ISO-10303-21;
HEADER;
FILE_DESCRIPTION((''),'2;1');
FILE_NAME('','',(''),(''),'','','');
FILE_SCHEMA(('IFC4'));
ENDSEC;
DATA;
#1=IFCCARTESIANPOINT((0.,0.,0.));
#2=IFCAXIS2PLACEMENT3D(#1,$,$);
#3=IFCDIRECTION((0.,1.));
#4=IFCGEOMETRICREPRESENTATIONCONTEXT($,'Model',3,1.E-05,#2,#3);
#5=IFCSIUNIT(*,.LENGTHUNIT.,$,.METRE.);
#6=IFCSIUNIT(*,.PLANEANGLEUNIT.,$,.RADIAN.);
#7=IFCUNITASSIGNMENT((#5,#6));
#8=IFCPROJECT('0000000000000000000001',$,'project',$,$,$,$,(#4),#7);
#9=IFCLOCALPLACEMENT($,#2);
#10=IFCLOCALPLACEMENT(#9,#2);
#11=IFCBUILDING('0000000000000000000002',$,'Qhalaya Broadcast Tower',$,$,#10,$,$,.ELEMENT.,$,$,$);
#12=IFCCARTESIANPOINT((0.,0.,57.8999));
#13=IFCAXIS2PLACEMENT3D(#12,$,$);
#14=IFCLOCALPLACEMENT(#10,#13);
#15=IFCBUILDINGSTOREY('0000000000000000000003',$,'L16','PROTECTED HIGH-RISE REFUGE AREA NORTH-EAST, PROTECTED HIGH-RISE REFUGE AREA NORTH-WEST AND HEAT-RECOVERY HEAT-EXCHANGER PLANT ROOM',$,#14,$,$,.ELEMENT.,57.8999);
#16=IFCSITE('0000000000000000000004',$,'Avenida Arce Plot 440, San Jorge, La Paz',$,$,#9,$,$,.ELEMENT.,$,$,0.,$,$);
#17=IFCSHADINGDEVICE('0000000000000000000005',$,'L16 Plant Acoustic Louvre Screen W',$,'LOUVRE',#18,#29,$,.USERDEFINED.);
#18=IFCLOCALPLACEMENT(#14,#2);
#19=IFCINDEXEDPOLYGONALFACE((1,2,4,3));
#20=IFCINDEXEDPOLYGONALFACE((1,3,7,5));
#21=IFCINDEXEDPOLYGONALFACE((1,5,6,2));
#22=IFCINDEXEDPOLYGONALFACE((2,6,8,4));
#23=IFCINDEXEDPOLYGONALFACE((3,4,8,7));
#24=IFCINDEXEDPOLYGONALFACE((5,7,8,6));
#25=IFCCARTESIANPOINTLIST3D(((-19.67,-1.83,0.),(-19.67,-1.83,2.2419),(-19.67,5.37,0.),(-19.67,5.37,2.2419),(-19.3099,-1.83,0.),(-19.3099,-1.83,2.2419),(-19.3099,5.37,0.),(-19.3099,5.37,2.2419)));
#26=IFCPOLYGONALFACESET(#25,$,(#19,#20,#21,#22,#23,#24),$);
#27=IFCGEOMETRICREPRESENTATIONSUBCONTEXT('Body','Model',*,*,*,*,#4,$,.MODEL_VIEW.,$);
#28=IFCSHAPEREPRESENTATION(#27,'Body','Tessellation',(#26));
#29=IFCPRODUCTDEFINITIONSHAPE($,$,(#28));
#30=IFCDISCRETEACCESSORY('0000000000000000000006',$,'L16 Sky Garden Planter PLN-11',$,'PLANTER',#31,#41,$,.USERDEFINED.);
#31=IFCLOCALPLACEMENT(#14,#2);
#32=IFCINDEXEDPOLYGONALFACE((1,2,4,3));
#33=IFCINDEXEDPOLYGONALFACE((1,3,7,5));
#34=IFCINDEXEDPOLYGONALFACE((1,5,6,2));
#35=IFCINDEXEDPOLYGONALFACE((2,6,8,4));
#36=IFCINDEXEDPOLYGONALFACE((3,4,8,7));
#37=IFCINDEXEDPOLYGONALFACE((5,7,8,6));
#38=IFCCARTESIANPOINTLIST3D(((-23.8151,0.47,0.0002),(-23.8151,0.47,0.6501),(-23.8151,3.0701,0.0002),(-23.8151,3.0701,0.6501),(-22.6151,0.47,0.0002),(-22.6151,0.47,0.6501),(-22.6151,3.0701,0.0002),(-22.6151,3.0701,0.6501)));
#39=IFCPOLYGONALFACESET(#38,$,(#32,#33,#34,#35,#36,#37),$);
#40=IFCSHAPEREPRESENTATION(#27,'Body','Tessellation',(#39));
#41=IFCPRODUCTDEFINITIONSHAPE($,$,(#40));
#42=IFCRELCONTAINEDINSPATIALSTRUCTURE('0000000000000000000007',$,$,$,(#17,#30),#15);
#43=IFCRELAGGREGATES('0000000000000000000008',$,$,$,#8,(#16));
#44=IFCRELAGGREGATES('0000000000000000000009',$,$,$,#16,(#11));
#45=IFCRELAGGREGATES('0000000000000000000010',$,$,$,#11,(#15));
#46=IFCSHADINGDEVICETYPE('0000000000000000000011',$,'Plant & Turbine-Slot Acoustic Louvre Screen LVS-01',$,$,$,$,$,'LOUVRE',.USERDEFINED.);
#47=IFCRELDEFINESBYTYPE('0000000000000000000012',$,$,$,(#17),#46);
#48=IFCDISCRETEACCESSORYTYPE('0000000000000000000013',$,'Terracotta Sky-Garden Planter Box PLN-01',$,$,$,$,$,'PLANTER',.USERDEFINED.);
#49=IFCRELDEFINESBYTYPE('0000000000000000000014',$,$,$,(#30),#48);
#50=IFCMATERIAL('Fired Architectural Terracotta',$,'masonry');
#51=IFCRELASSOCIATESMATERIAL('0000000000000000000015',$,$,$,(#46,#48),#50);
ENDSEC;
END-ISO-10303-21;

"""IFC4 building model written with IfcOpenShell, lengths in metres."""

from ifc_helpers import new_model, si_unit, direction, frame, origin, origin_2d, place, context, subcontext, project, spatial, rectangle, extrude, material, type_object, element, save


model = new_model("IFC4")

# Units and contexts
model_context = context("Model", 3, precision=1e-05, world=origin(), true_north=direction((0.0, 1.0)))
body_context = subcontext(model_context, "Body", "Model", "MODEL_VIEW")
ifc_project = project(units=[si_unit("LENGTHUNIT", "METRE"), si_unit("PLANEANGLEUNIT", "RADIAN")], contexts=[model_context])

# Site, building, storey
site_placement = place(None, origin())
site = spatial("IfcSite", under=ifc_project, at=site_placement, Name="Avenida Arce Plot 440, San Jorge, La Paz", CompositionType="ELEMENT", RefElevation=0.0)
building_placement = place(site_placement, origin())
building = spatial("IfcBuilding", under=site, at=building_placement, Name="Qhalaya Broadcast Tower", CompositionType="ELEMENT")
storey_placement = place(building_placement, frame((0.0, 0.0, 57.8999)))
storey = spatial("IfcBuildingStorey", under=building, at=storey_placement, Name="L16", Description="PROTECTED HIGH-RISE REFUGE AREA NORTH-EAST, PROTECTED HIGH-RISE REFUGE AREA NORTH-WEST AND HEAT-RECOVERY HEAT-EXCHANGER PLANT ROOM", CompositionType="ELEMENT", Elevation=57.8999)

# Shading device
ifc_material_1 = material(Name="Fired Architectural Terracotta", Category="masonry")
shading_device_type = type_object("IfcShadingDeviceType", Name="Plant & Turbine-Slot Acoustic Louvre Screen LVS-01", ElementType="LOUVRE", PredefinedType="USERDEFINED", material=ifc_material_1)
shading_device_placement = place(storey_placement, frame((-19.49, 1.77, 0.0), z_axis=(0.0, 0.0, 1.0), x_axis=(0.0, 1.0, 0.0)))
element("IfcShadingDevice", 1, at=shading_device_placement, inside=storey, type_object=shading_device_type, Name="L16 Plant Acoustic Louvre Screen W", ObjectType="LOUVRE", PredefinedType="USERDEFINED", context=body_context, shape_type="SweptSolid", body=[
    extrude(rectangle(XDim=7.2, YDim=0.3601, at=origin_2d()), origin(), (0.0, 0.0, 1.0), 2.2419),
])

# Discrete accessory
discrete_accessory_type = type_object("IfcDiscreteAccessoryType", Name="Terracotta Sky-Garden Planter Box PLN-01", ElementType="PLANTER", PredefinedType="USERDEFINED", material=ifc_material_1)
discrete_accessory_placement = place(storey_placement, frame((-23.2151, 1.77, 0.0002), z_axis=(0.0, 0.0, 1.0), x_axis=(1.0, 0.0, 0.0)))
element("IfcDiscreteAccessory", 2, at=discrete_accessory_placement, inside=storey, type_object=discrete_accessory_type, Name="L16 Sky Garden Planter PLN-11", ObjectType="PLANTER", PredefinedType="USERDEFINED", context=body_context, shape_type="SweptSolid", body=[
    extrude(rectangle(XDim=1.2, YDim=2.6001, at=origin_2d()), origin(), (0.0, 0.0, 1.0), 0.6499),
])

save(model, "model.ifc")
